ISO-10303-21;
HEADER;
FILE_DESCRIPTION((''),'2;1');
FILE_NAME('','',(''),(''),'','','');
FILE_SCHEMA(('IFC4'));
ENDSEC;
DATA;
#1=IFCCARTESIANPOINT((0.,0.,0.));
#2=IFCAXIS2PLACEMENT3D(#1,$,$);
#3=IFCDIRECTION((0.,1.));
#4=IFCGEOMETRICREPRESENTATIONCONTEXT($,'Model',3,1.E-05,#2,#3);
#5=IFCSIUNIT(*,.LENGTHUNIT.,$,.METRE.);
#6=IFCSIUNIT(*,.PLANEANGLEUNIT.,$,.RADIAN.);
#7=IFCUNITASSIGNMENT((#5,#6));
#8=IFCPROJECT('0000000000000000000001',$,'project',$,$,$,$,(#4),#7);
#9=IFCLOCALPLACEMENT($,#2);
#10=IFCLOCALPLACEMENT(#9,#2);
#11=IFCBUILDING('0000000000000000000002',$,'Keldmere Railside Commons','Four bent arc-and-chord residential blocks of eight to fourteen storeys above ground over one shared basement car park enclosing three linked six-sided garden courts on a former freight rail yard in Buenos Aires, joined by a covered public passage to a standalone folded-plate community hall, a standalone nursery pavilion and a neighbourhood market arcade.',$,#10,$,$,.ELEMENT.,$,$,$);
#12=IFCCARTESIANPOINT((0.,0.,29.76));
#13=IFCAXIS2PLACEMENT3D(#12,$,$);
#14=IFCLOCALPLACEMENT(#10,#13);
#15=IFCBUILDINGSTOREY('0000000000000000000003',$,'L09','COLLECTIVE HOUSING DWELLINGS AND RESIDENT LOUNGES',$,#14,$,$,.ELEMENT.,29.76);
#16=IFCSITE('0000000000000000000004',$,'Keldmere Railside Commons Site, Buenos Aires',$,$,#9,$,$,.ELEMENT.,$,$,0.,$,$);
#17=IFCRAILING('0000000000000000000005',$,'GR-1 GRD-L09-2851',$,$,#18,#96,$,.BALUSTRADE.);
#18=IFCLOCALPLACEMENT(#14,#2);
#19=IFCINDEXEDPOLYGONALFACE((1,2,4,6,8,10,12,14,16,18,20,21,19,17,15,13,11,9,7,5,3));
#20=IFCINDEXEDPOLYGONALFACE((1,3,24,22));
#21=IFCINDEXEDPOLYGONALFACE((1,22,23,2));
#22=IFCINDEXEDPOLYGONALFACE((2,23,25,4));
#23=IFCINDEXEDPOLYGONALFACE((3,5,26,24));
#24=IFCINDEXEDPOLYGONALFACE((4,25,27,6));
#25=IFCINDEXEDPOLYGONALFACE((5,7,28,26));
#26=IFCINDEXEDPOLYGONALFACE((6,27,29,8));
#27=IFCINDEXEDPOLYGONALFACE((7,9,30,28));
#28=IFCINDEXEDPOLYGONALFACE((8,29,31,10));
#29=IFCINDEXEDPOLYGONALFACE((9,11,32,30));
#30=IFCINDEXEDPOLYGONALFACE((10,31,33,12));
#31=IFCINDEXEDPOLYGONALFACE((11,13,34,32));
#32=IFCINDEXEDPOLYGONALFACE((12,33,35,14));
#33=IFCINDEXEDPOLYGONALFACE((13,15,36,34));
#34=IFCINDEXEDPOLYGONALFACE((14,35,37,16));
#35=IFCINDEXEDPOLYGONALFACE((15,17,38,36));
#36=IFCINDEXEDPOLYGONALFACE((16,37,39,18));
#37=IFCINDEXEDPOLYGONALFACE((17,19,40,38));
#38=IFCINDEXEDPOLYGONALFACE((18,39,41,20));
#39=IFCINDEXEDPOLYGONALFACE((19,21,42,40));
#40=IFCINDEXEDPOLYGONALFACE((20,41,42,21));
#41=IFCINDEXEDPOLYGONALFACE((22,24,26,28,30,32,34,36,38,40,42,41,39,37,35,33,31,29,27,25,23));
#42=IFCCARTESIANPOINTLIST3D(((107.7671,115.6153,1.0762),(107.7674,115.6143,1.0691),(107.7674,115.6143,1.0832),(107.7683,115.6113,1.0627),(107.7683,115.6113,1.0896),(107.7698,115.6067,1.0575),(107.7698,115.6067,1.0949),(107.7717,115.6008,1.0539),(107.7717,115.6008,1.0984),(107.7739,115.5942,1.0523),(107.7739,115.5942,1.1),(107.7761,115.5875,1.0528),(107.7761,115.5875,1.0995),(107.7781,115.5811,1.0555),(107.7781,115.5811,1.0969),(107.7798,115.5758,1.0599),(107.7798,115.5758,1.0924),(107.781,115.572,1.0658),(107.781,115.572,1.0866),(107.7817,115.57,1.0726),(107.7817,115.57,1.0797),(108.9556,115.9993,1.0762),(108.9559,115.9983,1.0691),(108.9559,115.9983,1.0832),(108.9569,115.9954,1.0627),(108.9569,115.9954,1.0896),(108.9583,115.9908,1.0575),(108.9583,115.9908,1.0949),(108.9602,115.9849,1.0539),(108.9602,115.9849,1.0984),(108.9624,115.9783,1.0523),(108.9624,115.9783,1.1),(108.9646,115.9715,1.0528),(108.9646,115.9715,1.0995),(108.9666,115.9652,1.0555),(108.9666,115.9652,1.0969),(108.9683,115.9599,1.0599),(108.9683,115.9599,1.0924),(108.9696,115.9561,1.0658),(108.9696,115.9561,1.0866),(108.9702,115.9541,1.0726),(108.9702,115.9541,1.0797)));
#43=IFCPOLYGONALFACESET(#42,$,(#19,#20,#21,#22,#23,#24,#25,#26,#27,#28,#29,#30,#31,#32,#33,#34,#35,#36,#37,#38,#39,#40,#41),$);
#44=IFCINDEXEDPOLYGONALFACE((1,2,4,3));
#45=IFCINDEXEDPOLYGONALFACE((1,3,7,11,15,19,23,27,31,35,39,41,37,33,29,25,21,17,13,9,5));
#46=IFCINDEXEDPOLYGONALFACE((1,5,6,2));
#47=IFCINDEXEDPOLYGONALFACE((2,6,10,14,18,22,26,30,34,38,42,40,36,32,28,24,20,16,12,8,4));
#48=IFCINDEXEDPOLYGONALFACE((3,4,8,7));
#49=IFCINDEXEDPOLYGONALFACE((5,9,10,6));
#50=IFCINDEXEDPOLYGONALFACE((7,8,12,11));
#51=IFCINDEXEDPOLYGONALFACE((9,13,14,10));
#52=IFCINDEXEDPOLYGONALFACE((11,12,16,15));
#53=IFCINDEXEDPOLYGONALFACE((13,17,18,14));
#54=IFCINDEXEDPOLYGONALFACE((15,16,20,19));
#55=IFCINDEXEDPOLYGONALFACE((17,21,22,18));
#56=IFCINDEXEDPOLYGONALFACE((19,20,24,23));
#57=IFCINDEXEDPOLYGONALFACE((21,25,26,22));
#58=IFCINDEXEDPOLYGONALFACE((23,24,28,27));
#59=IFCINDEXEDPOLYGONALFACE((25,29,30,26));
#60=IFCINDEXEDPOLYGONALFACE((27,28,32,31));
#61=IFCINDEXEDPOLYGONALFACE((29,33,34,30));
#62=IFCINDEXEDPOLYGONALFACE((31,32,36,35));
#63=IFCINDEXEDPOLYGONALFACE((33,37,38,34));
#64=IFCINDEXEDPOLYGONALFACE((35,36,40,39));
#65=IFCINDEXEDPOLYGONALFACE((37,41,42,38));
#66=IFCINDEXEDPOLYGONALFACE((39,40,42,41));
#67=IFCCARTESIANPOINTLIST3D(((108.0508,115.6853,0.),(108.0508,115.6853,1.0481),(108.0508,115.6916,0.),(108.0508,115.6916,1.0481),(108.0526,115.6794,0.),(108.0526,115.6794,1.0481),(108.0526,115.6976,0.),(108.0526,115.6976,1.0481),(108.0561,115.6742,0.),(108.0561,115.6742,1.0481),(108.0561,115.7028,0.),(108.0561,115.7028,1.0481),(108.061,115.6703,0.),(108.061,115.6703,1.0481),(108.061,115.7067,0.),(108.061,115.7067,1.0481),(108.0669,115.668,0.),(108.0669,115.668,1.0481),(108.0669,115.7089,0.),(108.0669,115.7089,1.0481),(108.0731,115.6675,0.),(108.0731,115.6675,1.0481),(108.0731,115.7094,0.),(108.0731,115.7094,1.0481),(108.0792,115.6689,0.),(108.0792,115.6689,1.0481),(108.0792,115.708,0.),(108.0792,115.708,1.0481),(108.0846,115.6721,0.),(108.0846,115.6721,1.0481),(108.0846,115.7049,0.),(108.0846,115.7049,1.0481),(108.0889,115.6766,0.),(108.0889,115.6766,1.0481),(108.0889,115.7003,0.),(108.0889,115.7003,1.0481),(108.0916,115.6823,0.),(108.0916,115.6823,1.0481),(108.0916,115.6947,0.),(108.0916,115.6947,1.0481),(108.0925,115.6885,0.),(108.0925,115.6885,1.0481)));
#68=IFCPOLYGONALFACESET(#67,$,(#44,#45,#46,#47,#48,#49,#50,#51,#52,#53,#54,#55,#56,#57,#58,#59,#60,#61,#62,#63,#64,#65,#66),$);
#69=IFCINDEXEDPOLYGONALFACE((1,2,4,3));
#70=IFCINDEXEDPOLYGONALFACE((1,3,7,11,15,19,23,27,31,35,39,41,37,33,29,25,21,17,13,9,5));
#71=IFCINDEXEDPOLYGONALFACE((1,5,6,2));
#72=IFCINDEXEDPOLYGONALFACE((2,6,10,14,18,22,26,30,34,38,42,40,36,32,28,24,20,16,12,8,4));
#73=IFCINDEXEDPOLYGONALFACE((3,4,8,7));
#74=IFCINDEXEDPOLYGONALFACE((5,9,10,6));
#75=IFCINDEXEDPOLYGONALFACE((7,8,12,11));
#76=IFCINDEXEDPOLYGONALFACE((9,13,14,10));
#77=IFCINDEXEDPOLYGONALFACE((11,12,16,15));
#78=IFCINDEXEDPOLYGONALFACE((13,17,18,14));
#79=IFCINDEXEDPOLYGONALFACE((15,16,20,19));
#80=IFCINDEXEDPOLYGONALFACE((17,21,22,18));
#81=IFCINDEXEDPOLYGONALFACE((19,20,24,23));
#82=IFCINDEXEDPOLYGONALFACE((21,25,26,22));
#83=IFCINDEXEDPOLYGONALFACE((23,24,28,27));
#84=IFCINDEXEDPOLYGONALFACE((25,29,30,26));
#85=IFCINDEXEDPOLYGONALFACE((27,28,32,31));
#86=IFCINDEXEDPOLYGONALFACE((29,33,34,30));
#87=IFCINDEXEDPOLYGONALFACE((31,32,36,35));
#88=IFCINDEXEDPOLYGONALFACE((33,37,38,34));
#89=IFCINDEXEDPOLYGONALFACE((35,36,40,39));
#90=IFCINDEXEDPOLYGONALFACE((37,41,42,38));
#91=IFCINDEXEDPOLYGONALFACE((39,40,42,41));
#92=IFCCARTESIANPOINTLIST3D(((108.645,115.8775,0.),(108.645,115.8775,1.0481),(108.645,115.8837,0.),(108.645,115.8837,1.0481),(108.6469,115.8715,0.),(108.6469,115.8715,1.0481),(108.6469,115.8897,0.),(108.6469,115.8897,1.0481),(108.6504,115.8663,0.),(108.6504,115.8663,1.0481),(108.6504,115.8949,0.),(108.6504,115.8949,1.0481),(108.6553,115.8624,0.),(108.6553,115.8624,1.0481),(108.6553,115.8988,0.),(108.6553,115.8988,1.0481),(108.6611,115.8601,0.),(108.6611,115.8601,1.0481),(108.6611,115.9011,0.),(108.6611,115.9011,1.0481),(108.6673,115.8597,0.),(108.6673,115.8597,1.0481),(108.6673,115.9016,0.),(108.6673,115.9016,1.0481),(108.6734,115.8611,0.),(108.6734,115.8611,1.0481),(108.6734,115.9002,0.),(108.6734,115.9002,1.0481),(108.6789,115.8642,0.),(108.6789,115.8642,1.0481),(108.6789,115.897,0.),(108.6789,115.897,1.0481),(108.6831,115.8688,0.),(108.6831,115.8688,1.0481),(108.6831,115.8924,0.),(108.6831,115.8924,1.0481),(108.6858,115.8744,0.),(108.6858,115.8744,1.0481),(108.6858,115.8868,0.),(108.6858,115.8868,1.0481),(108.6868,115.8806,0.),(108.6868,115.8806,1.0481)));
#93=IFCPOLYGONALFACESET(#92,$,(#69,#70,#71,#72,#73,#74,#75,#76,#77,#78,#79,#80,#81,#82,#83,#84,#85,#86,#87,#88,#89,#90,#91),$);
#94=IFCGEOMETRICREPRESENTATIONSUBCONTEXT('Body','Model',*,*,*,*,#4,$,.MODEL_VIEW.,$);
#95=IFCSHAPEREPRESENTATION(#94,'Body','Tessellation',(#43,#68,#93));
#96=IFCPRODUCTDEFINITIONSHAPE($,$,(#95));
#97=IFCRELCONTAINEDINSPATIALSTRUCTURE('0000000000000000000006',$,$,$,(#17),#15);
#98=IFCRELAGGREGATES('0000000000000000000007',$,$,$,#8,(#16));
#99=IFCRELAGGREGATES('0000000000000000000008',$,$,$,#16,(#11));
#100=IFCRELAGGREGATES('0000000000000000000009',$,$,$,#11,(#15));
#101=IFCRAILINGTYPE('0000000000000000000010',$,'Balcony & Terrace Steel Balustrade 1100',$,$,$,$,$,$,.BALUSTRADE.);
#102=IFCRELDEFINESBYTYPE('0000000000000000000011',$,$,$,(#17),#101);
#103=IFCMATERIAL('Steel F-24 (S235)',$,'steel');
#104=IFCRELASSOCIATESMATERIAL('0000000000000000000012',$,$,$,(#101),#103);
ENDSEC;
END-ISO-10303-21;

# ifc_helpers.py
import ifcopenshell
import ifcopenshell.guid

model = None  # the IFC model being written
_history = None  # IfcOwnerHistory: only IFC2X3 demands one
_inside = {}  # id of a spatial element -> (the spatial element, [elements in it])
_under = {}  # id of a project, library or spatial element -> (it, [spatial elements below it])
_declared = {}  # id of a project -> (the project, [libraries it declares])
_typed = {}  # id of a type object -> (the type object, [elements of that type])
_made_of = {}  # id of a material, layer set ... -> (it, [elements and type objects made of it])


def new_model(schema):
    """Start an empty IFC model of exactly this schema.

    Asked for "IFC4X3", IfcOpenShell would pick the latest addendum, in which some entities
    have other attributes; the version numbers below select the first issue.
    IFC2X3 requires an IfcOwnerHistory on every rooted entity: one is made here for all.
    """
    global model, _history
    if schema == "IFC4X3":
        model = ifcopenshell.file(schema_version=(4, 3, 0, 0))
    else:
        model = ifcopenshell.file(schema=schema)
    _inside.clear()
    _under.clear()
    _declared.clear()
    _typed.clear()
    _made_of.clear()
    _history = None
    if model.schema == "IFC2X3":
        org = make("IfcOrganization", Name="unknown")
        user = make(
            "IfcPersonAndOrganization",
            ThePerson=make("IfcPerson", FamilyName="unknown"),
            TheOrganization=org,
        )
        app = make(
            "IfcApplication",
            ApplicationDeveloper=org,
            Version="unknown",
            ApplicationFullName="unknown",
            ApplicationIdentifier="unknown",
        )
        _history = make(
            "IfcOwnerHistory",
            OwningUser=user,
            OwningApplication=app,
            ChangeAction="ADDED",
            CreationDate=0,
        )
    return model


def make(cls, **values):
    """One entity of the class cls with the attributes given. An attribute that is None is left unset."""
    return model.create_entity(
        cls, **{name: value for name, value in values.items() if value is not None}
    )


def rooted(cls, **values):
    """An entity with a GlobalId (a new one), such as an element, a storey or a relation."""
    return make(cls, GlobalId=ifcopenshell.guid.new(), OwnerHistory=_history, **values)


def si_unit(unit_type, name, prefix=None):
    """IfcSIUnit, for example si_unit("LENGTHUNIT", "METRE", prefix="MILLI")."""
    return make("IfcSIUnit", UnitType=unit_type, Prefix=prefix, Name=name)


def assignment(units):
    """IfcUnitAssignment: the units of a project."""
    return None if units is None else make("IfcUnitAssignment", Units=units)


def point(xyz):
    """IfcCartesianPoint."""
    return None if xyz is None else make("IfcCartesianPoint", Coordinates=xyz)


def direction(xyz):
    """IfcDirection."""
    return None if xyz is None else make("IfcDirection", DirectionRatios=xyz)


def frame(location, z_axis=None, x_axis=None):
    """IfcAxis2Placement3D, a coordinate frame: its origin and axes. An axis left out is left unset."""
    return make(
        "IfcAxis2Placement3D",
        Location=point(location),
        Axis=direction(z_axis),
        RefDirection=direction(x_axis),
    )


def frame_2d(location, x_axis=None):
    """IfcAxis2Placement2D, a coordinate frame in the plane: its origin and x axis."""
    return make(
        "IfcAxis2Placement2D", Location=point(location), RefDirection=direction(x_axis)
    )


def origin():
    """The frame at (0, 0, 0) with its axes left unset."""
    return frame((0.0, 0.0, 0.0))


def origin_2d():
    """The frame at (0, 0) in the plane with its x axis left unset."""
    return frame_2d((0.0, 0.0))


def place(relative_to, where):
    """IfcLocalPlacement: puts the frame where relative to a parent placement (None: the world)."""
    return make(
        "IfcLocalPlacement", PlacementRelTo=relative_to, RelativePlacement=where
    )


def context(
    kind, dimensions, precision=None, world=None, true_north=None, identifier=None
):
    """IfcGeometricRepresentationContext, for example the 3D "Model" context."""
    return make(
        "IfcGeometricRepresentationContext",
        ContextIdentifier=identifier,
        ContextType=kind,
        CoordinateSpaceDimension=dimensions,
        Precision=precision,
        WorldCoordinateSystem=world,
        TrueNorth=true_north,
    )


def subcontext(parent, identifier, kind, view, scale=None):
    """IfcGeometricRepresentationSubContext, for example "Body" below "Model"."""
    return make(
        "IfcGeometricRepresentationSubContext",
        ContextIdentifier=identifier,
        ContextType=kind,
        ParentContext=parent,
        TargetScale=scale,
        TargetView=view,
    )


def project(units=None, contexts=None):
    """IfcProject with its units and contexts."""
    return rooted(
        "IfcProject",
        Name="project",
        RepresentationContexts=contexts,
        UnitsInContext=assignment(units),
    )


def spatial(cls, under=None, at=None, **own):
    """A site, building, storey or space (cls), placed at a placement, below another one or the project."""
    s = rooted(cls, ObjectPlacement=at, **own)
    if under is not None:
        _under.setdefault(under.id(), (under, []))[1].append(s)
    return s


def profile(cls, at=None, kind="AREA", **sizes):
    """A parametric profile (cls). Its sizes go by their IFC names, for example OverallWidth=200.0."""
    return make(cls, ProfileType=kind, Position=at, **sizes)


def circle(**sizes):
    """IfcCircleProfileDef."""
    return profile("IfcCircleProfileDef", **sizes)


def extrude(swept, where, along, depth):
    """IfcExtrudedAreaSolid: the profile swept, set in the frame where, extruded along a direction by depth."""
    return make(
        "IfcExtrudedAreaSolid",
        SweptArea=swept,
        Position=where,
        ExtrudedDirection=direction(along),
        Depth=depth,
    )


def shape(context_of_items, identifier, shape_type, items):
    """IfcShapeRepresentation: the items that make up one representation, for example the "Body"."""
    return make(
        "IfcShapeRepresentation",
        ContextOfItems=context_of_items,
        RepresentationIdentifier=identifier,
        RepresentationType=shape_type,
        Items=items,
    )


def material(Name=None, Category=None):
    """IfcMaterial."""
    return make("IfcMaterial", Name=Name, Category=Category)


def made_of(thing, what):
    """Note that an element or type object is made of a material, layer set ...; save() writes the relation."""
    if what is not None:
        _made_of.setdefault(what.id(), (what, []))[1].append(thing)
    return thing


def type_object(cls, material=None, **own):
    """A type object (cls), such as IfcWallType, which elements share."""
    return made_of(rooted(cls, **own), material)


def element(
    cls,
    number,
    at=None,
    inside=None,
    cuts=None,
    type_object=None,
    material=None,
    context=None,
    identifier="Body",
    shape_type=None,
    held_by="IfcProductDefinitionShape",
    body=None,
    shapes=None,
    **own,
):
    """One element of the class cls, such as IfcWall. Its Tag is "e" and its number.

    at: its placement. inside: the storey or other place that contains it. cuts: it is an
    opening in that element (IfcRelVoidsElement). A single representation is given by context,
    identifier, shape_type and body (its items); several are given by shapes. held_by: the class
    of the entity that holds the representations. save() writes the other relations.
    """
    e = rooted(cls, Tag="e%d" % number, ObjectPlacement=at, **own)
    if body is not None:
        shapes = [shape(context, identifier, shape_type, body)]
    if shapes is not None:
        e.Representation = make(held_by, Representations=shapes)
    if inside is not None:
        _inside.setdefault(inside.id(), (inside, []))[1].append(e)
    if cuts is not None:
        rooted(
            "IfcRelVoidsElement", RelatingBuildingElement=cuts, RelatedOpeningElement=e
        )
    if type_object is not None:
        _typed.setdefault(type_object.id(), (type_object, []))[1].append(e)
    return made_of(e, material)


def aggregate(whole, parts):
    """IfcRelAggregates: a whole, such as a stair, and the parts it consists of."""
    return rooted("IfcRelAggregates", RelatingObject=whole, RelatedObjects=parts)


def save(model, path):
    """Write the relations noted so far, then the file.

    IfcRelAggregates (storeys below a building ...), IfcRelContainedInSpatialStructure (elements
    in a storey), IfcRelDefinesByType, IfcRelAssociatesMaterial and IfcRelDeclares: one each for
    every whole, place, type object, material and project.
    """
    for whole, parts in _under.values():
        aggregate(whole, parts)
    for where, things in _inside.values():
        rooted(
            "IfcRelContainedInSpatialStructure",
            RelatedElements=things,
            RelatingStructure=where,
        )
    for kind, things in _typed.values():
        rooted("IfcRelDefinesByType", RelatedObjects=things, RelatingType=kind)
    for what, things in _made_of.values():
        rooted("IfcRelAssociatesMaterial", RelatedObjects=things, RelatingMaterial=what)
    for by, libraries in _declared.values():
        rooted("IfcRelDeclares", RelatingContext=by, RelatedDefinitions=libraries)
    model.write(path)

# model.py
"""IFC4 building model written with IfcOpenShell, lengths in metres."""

from ifc_helpers import new_model, si_unit, direction, frame, origin, origin_2d, place, context, subcontext, project, spatial, circle, extrude, material, type_object, element, save


model = new_model("IFC4")

# Units and contexts
model_context = context("Model", 3, precision=1e-05, world=origin(), true_north=direction((0.0, 1.0)))
body_context = subcontext(model_context, "Body", "Model", "MODEL_VIEW")
ifc_project = project(units=[si_unit("LENGTHUNIT", "METRE"), si_unit("PLANEANGLEUNIT", "RADIAN")], contexts=[model_context])

# Site, building, storey
site_placement = place(None, origin())
site = spatial("IfcSite", under=ifc_project, at=site_placement, Name="Keldmere Railside Commons Site, Buenos Aires", CompositionType="ELEMENT", RefElevation=0.0)
building_placement = place(site_placement, origin())
building = spatial("IfcBuilding", under=site, at=building_placement, Name="Keldmere Railside Commons", Description="Four bent arc-and-chord residential blocks of eight to fourteen storeys above ground over one shared basement car park enclosing three linked six-sided garden courts on a former freight rail yard in Buenos Aires, joined by a covered public passage to a standalone folded-plate community hall, a standalone nursery pavilion and a neighbourhood market arcade.", CompositionType="ELEMENT")
storey_placement = place(building_placement, frame((0.0, 0.0, 29.76)))
storey = spatial("IfcBuildingStorey", under=building, at=storey_placement, Name="L09", Description="COLLECTIVE HOUSING DWELLINGS AND RESIDENT LOUNGES", CompositionType="ELEMENT", Elevation=29.76)

# Railing
ifc_material_1 = material(Name="Steel F-24 (S235)", Category="steel")
railing_type = type_object("IfcRailingType", Name="Balcony & Terrace Steel Balustrade 1100", PredefinedType="BALUSTRADE", material=ifc_material_1)
railing_1_placement = place(storey_placement, frame((107.7744, 115.5925, 0.0)))
element("IfcRailing", 1, at=railing_1_placement, inside=storey, type_object=railing_type, Name="GR-1 GRD-L09-2851", PredefinedType="BALUSTRADE", context=body_context, shape_type="SweptSolid", body=[
    extrude(circle(Radius=0.0239, at=origin_2d()), frame((0.0, 0.0, 1.0762), z_axis=(0.951556, 0.307477, 0.0), x_axis=(-0.307477, 0.951556, 0.0)), (0.0, 0.0, 1.0), 1.249),
    extrude(circle(Radius=0.021, at=origin_2d()), frame((0.2971, 0.0959, 0.0)), (0.0, 0.0, 1.0), 1.0481),
    extrude(circle(Radius=0.021, at=origin_2d()), frame((0.8914, 0.2881, 0.0)), (0.0, 0.0, 1.0), 1.0481),
])

save(model, "model.ifc")
